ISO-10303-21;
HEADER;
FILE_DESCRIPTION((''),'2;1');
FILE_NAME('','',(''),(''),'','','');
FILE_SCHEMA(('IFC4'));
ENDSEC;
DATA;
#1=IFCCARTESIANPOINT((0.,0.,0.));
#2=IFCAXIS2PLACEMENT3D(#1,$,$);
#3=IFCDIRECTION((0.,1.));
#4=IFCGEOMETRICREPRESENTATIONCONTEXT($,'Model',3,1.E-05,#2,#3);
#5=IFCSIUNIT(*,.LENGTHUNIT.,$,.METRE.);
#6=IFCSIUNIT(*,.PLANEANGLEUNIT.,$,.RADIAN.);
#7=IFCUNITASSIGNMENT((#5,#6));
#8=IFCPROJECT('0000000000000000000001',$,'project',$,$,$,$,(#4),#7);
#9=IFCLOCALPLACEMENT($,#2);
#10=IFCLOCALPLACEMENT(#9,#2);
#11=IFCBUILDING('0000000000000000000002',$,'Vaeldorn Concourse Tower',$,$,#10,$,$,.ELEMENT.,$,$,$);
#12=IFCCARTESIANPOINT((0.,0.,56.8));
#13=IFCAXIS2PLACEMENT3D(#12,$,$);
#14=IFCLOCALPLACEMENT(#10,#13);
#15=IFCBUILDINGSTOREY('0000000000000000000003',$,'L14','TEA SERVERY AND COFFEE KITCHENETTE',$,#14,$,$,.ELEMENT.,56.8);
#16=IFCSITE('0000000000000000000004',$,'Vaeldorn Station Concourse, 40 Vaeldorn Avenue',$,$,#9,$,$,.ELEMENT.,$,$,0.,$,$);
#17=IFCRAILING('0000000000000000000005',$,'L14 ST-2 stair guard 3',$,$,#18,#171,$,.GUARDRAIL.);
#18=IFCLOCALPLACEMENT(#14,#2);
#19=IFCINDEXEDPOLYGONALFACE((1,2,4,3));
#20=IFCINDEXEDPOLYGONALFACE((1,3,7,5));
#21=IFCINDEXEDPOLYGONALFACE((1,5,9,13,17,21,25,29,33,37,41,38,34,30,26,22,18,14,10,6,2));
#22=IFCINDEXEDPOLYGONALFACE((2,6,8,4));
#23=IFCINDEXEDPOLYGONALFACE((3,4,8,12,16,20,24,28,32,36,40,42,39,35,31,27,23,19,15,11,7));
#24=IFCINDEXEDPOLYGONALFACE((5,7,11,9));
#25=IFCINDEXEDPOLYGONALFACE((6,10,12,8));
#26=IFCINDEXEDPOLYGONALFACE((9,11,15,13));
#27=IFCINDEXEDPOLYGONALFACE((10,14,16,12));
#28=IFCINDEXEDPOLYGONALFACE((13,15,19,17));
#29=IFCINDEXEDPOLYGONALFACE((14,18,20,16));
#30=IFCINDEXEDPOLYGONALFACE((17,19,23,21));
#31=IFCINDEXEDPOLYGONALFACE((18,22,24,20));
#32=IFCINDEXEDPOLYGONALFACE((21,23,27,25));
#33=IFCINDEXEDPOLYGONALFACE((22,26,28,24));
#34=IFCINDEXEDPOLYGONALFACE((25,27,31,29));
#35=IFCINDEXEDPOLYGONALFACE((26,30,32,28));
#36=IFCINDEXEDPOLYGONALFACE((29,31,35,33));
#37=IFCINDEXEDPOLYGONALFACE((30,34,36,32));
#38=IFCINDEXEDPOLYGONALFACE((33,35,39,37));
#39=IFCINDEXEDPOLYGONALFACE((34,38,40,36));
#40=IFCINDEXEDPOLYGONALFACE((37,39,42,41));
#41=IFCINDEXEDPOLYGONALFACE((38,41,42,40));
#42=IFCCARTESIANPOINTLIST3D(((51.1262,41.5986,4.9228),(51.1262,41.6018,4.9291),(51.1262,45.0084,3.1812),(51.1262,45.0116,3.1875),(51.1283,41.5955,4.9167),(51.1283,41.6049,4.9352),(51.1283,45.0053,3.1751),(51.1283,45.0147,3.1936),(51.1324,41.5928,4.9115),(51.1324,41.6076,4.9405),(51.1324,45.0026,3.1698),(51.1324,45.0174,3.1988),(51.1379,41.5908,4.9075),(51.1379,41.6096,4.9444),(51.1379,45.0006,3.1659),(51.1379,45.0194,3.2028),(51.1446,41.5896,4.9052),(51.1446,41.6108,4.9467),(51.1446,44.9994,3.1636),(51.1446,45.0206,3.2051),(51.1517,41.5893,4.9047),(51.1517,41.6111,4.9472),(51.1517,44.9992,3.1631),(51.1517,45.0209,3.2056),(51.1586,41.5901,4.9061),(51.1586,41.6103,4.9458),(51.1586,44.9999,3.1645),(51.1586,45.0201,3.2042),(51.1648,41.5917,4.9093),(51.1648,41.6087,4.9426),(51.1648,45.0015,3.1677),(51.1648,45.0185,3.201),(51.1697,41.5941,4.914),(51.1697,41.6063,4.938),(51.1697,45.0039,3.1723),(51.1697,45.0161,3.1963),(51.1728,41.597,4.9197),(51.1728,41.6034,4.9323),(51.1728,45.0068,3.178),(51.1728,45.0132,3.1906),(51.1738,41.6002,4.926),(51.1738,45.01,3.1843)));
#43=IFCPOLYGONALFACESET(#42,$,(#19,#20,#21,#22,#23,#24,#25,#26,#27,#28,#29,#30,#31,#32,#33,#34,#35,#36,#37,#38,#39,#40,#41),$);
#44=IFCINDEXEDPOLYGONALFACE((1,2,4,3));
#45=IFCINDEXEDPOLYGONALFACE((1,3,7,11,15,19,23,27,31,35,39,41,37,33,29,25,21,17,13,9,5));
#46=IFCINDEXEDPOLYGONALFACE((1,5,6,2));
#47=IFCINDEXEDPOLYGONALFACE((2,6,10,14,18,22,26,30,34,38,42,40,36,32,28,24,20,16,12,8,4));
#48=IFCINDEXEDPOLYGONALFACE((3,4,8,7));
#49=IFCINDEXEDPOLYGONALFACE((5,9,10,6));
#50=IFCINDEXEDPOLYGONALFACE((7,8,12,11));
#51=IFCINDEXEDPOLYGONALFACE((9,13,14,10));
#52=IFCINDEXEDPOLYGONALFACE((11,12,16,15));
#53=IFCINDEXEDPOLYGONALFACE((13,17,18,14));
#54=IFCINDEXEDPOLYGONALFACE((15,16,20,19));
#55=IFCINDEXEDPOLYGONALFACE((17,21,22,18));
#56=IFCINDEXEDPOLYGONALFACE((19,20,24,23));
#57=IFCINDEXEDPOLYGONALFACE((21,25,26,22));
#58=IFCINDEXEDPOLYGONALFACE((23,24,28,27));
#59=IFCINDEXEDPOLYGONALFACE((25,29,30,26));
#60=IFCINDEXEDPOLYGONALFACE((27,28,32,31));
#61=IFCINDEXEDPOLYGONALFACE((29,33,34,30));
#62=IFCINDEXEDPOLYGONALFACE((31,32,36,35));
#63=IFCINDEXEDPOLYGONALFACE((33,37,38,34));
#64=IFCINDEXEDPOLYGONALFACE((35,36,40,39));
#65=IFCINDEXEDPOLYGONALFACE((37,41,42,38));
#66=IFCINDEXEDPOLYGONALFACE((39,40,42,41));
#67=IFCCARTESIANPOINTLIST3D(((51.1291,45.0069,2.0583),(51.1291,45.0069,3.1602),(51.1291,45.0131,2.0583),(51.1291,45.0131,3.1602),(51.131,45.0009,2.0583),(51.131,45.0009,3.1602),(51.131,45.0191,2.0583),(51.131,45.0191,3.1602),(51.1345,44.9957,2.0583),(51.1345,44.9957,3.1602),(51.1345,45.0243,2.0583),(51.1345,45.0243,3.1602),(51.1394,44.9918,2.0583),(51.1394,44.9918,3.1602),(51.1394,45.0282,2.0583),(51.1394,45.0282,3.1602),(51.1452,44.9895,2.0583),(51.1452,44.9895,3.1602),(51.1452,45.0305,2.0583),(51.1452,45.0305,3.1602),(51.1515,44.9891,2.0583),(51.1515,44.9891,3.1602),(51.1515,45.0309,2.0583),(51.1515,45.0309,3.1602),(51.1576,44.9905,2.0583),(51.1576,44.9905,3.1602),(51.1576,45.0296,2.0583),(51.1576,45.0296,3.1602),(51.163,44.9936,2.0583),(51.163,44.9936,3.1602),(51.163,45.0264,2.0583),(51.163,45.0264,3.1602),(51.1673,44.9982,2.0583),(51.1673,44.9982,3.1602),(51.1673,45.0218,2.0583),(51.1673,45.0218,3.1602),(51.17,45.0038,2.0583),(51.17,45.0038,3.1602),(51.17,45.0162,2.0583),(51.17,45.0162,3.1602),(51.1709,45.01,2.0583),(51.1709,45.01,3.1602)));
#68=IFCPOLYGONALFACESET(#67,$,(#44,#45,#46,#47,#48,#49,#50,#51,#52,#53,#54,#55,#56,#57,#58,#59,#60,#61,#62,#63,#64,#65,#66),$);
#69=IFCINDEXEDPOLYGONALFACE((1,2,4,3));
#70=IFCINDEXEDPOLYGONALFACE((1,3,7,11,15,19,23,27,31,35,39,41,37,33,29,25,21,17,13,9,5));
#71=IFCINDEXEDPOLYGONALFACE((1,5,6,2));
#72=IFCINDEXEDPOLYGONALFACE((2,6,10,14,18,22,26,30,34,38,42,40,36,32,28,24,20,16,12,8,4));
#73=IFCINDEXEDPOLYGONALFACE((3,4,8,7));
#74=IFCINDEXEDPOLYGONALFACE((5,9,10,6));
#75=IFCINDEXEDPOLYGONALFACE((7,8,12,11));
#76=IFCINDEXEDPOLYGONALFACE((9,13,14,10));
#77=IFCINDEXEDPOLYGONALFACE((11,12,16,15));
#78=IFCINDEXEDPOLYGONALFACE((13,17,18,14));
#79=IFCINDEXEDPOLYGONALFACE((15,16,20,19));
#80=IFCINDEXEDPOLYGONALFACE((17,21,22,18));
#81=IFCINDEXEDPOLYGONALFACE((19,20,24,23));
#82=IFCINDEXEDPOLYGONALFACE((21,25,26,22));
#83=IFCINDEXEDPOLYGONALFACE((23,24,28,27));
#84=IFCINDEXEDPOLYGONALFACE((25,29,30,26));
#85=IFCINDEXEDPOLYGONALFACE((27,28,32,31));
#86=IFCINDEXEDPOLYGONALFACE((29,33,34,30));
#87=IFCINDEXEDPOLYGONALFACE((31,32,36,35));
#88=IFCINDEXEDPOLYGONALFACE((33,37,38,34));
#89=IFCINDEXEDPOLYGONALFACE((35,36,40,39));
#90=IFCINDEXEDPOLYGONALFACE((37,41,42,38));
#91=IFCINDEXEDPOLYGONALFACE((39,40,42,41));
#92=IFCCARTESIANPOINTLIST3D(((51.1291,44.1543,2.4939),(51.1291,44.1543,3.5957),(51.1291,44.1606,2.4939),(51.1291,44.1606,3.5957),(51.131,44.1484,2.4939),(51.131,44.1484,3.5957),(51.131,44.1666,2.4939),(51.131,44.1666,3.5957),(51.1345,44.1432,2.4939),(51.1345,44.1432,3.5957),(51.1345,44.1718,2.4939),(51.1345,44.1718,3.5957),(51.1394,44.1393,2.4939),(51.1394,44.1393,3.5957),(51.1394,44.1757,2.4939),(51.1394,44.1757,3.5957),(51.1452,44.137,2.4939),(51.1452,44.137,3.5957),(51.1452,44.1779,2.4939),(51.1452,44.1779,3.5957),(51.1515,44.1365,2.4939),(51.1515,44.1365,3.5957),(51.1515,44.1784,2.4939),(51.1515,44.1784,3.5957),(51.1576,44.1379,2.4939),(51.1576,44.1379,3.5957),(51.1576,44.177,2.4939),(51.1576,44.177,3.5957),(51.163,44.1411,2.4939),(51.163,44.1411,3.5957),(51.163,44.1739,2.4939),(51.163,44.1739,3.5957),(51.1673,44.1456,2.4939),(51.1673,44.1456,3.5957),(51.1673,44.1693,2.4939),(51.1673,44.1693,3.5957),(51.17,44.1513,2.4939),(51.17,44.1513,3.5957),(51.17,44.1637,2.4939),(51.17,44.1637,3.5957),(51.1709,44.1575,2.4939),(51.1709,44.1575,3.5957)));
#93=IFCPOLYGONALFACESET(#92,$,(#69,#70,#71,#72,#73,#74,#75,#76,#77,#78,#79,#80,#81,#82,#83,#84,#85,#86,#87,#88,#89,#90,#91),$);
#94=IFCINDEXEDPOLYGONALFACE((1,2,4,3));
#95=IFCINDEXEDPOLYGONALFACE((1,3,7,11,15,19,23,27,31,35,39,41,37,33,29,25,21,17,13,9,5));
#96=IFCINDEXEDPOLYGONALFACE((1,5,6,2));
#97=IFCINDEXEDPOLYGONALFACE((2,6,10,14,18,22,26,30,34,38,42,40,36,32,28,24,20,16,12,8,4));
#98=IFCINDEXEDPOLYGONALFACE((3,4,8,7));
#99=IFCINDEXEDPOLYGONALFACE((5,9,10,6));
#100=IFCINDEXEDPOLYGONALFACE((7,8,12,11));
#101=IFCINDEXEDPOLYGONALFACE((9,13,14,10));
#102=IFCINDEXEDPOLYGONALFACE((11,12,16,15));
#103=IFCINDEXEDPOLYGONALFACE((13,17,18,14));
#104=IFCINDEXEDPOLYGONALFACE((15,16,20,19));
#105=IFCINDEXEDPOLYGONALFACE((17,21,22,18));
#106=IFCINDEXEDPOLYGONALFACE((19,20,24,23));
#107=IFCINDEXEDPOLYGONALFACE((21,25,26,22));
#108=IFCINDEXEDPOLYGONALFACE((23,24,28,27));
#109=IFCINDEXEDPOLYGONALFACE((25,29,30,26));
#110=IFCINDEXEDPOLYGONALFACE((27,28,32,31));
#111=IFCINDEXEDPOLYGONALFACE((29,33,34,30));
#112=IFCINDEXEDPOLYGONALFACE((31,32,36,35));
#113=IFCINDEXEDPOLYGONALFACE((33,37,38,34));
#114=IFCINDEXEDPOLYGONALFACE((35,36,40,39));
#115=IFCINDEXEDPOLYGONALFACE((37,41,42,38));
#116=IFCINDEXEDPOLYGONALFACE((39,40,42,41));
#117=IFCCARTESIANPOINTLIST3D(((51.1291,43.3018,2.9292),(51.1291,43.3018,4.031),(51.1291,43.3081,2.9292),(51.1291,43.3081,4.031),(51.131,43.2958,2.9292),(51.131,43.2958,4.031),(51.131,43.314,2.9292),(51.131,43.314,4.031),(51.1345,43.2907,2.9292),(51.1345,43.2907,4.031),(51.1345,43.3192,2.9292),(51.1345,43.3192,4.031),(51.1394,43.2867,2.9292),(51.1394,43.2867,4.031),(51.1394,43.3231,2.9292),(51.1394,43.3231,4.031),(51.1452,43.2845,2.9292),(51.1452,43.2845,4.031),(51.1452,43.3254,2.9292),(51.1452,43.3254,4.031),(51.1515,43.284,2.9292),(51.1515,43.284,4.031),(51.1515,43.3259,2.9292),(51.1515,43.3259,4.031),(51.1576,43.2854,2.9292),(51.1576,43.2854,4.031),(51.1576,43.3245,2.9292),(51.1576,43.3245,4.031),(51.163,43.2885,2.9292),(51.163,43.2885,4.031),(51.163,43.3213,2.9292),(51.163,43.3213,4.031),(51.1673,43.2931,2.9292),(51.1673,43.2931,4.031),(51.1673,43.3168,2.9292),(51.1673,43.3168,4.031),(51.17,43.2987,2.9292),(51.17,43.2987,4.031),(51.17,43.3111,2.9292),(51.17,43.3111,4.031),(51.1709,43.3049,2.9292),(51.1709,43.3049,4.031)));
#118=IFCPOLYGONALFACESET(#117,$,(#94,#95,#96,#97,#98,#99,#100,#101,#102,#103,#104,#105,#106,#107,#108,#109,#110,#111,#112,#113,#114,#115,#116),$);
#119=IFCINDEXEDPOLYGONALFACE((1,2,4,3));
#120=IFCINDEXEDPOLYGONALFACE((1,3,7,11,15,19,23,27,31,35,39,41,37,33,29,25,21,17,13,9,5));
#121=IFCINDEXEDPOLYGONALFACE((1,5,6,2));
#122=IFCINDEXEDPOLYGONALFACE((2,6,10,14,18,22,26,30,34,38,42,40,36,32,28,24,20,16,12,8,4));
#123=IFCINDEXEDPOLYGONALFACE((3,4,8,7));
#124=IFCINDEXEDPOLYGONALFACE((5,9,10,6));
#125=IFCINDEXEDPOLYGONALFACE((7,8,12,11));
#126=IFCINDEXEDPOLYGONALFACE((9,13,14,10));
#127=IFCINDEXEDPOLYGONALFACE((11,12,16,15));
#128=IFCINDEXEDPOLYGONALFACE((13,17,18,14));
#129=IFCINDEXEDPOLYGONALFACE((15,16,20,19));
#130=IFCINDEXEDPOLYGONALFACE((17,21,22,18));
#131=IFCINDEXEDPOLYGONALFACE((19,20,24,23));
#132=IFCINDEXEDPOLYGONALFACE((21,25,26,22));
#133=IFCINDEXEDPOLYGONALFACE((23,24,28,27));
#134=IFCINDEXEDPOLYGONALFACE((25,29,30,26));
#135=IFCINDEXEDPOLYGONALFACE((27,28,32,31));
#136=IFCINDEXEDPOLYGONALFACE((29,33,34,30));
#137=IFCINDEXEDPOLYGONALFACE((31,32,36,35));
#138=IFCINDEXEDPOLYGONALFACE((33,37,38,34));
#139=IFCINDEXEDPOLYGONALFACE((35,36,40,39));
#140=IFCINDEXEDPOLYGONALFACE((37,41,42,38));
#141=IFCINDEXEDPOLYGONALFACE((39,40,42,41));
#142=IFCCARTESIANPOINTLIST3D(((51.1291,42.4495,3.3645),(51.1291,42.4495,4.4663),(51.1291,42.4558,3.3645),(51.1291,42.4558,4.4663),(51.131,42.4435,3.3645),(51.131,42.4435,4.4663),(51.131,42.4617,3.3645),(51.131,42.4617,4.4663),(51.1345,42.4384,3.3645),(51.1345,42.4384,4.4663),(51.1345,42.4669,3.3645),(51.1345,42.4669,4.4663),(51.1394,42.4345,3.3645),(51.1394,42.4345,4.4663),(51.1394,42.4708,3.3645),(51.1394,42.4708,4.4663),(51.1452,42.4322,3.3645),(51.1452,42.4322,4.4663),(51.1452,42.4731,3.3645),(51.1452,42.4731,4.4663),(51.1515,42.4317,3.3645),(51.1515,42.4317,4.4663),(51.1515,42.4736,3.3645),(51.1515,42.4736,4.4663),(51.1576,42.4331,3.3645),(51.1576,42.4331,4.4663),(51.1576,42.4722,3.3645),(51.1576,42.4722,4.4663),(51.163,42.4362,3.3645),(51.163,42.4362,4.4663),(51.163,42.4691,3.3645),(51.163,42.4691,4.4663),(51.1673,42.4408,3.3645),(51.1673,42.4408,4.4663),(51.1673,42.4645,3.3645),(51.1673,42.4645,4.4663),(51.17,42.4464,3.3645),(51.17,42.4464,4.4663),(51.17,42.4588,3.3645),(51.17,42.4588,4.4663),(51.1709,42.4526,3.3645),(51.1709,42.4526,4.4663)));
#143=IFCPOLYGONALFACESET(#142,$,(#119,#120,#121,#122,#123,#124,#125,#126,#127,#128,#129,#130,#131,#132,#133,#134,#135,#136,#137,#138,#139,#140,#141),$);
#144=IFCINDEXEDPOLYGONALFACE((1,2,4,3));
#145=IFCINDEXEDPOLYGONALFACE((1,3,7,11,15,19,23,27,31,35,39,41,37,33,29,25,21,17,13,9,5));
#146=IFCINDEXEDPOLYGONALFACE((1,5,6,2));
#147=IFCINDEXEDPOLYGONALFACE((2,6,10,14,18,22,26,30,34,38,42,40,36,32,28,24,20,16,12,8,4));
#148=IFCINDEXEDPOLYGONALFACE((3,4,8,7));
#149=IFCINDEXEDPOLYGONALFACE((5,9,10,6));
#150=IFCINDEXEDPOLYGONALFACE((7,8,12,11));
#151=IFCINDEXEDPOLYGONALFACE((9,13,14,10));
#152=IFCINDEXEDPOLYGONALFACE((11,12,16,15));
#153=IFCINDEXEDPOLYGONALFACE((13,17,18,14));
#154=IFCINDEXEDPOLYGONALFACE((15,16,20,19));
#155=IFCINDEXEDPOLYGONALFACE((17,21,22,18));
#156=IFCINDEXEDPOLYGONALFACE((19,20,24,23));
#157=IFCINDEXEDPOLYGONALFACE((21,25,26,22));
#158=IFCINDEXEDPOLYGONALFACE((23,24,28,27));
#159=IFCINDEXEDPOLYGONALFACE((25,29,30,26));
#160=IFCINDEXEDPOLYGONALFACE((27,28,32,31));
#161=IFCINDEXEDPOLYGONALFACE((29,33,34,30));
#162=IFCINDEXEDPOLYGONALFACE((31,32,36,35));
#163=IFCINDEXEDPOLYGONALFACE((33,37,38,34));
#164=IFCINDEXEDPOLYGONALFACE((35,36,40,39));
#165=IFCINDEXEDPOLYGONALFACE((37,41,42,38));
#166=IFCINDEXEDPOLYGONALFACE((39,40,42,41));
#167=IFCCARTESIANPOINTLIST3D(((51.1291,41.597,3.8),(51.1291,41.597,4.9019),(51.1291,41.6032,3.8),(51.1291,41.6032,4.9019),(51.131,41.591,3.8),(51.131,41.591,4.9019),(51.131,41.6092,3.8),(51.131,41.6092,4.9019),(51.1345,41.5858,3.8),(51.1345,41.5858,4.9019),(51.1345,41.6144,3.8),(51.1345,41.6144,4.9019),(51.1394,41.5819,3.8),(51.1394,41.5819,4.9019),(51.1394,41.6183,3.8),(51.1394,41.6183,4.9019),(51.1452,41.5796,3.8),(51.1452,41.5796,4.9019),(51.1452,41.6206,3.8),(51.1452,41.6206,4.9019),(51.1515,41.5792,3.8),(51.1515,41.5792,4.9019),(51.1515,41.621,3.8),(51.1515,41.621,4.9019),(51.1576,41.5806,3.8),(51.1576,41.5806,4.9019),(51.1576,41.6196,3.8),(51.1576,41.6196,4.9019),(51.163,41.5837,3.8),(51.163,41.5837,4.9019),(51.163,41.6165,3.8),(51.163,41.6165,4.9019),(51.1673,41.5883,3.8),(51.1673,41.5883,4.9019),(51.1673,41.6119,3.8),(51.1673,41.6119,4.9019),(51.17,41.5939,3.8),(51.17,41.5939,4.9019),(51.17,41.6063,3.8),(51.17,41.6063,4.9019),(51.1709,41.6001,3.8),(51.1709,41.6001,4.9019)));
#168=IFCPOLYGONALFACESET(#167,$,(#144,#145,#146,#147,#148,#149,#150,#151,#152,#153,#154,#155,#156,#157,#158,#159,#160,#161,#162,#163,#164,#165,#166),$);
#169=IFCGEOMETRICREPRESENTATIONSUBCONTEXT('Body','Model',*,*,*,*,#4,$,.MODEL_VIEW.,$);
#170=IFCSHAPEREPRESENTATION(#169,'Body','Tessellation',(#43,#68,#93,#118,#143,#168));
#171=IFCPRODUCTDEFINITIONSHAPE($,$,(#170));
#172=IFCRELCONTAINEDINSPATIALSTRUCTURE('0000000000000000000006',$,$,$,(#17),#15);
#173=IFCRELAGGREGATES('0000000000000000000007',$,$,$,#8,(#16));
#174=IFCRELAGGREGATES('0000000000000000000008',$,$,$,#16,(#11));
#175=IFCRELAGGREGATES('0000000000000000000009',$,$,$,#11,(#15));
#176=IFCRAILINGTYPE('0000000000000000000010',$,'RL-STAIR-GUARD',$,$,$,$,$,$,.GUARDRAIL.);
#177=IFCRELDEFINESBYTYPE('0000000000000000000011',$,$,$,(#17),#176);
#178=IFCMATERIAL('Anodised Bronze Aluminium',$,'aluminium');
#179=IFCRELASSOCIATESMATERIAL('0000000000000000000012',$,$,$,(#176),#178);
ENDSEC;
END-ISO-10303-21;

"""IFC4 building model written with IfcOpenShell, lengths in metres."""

from ifc_helpers import new_model, si_unit, direction, frame, origin, origin_2d, place, context, subcontext, project, spatial, circle, extrude, material, type_object, element, save


model = new_model("IFC4")

# Units and contexts
model_context = context("Model", 3, precision=1e-05, world=origin(), true_north=direction((0.0, 1.0)))
body_context = subcontext(model_context, "Body", "Model", "MODEL_VIEW")
ifc_project = project(units=[si_unit("LENGTHUNIT", "METRE"), si_unit("PLANEANGLEUNIT", "RADIAN")], contexts=[model_context])

# Site, building, storey
site_placement = place(None, origin())
site = spatial("IfcSite", under=ifc_project, at=site_placement, Name="Vaeldorn Station Concourse, 40 Vaeldorn Avenue", CompositionType="ELEMENT", RefElevation=0.0)
building_placement = place(site_placement, origin())
building = spatial("IfcBuilding", under=site, at=building_placement, Name="Vaeldorn Concourse Tower", CompositionType="ELEMENT")
storey_placement = place(building_placement, frame((0.0, 0.0, 56.8)))
storey = spatial("IfcBuildingStorey", under=building, at=storey_placement, Name="L14", Description="TEA SERVERY AND COFFEE KITCHENETTE", CompositionType="ELEMENT", Elevation=56.8)

# Shared definitions
ifc_material_1 = material(Name="Anodised Bronze Aluminium", Category="aluminium")

# Railing
railing_type_1 = type_object("IfcRailingType", Name="RL-STAIR-GUARD", PredefinedType="GUARDRAIL", material=ifc_material_1)
railing_1_placement = place(storey_placement, frame((51.1499, 45.01, 2.0583)))
element("IfcRailing", 1, at=railing_1_placement, inside=storey, type_object=railing_type_1, Name="L14 ST-2 stair guard 3", PredefinedType="GUARDRAIL", context=body_context, shape_type="SweptSolid", body=[
    extrude(circle(Radius=0.0239, at=origin_2d()), frame((0.0, 0.0, 1.126), z_axis=(0.0, -0.890556, 0.454874), x_axis=(1.0, 0.0, 0.0)), (0.0, 0.0, 1.0), 3.8289),
    extrude(circle(Radius=0.021, at=origin_2d()), origin(), (0.0, 0.0, 1.0), 1.1018),
    extrude(circle(Radius=0.021, at=origin_2d()), frame((0.0, -0.8525, 0.4355)), (0.0, 0.0, 1.0), 1.1018),
    extrude(circle(Radius=0.021, at=origin_2d()), frame((0.0, -1.7051, 0.8708)), (0.0, 0.0, 1.0), 1.1018),
    extrude(circle(Radius=0.021, at=origin_2d()), frame((0.0, -2.5574, 1.3062)), (0.0, 0.0, 1.0), 1.1018),
    extrude(circle(Radius=0.021, at=origin_2d()), frame((0.0, -3.4099, 1.7417)), (0.0, 0.0, 1.0), 1.1018),
])

save(model, "model.ifc")
